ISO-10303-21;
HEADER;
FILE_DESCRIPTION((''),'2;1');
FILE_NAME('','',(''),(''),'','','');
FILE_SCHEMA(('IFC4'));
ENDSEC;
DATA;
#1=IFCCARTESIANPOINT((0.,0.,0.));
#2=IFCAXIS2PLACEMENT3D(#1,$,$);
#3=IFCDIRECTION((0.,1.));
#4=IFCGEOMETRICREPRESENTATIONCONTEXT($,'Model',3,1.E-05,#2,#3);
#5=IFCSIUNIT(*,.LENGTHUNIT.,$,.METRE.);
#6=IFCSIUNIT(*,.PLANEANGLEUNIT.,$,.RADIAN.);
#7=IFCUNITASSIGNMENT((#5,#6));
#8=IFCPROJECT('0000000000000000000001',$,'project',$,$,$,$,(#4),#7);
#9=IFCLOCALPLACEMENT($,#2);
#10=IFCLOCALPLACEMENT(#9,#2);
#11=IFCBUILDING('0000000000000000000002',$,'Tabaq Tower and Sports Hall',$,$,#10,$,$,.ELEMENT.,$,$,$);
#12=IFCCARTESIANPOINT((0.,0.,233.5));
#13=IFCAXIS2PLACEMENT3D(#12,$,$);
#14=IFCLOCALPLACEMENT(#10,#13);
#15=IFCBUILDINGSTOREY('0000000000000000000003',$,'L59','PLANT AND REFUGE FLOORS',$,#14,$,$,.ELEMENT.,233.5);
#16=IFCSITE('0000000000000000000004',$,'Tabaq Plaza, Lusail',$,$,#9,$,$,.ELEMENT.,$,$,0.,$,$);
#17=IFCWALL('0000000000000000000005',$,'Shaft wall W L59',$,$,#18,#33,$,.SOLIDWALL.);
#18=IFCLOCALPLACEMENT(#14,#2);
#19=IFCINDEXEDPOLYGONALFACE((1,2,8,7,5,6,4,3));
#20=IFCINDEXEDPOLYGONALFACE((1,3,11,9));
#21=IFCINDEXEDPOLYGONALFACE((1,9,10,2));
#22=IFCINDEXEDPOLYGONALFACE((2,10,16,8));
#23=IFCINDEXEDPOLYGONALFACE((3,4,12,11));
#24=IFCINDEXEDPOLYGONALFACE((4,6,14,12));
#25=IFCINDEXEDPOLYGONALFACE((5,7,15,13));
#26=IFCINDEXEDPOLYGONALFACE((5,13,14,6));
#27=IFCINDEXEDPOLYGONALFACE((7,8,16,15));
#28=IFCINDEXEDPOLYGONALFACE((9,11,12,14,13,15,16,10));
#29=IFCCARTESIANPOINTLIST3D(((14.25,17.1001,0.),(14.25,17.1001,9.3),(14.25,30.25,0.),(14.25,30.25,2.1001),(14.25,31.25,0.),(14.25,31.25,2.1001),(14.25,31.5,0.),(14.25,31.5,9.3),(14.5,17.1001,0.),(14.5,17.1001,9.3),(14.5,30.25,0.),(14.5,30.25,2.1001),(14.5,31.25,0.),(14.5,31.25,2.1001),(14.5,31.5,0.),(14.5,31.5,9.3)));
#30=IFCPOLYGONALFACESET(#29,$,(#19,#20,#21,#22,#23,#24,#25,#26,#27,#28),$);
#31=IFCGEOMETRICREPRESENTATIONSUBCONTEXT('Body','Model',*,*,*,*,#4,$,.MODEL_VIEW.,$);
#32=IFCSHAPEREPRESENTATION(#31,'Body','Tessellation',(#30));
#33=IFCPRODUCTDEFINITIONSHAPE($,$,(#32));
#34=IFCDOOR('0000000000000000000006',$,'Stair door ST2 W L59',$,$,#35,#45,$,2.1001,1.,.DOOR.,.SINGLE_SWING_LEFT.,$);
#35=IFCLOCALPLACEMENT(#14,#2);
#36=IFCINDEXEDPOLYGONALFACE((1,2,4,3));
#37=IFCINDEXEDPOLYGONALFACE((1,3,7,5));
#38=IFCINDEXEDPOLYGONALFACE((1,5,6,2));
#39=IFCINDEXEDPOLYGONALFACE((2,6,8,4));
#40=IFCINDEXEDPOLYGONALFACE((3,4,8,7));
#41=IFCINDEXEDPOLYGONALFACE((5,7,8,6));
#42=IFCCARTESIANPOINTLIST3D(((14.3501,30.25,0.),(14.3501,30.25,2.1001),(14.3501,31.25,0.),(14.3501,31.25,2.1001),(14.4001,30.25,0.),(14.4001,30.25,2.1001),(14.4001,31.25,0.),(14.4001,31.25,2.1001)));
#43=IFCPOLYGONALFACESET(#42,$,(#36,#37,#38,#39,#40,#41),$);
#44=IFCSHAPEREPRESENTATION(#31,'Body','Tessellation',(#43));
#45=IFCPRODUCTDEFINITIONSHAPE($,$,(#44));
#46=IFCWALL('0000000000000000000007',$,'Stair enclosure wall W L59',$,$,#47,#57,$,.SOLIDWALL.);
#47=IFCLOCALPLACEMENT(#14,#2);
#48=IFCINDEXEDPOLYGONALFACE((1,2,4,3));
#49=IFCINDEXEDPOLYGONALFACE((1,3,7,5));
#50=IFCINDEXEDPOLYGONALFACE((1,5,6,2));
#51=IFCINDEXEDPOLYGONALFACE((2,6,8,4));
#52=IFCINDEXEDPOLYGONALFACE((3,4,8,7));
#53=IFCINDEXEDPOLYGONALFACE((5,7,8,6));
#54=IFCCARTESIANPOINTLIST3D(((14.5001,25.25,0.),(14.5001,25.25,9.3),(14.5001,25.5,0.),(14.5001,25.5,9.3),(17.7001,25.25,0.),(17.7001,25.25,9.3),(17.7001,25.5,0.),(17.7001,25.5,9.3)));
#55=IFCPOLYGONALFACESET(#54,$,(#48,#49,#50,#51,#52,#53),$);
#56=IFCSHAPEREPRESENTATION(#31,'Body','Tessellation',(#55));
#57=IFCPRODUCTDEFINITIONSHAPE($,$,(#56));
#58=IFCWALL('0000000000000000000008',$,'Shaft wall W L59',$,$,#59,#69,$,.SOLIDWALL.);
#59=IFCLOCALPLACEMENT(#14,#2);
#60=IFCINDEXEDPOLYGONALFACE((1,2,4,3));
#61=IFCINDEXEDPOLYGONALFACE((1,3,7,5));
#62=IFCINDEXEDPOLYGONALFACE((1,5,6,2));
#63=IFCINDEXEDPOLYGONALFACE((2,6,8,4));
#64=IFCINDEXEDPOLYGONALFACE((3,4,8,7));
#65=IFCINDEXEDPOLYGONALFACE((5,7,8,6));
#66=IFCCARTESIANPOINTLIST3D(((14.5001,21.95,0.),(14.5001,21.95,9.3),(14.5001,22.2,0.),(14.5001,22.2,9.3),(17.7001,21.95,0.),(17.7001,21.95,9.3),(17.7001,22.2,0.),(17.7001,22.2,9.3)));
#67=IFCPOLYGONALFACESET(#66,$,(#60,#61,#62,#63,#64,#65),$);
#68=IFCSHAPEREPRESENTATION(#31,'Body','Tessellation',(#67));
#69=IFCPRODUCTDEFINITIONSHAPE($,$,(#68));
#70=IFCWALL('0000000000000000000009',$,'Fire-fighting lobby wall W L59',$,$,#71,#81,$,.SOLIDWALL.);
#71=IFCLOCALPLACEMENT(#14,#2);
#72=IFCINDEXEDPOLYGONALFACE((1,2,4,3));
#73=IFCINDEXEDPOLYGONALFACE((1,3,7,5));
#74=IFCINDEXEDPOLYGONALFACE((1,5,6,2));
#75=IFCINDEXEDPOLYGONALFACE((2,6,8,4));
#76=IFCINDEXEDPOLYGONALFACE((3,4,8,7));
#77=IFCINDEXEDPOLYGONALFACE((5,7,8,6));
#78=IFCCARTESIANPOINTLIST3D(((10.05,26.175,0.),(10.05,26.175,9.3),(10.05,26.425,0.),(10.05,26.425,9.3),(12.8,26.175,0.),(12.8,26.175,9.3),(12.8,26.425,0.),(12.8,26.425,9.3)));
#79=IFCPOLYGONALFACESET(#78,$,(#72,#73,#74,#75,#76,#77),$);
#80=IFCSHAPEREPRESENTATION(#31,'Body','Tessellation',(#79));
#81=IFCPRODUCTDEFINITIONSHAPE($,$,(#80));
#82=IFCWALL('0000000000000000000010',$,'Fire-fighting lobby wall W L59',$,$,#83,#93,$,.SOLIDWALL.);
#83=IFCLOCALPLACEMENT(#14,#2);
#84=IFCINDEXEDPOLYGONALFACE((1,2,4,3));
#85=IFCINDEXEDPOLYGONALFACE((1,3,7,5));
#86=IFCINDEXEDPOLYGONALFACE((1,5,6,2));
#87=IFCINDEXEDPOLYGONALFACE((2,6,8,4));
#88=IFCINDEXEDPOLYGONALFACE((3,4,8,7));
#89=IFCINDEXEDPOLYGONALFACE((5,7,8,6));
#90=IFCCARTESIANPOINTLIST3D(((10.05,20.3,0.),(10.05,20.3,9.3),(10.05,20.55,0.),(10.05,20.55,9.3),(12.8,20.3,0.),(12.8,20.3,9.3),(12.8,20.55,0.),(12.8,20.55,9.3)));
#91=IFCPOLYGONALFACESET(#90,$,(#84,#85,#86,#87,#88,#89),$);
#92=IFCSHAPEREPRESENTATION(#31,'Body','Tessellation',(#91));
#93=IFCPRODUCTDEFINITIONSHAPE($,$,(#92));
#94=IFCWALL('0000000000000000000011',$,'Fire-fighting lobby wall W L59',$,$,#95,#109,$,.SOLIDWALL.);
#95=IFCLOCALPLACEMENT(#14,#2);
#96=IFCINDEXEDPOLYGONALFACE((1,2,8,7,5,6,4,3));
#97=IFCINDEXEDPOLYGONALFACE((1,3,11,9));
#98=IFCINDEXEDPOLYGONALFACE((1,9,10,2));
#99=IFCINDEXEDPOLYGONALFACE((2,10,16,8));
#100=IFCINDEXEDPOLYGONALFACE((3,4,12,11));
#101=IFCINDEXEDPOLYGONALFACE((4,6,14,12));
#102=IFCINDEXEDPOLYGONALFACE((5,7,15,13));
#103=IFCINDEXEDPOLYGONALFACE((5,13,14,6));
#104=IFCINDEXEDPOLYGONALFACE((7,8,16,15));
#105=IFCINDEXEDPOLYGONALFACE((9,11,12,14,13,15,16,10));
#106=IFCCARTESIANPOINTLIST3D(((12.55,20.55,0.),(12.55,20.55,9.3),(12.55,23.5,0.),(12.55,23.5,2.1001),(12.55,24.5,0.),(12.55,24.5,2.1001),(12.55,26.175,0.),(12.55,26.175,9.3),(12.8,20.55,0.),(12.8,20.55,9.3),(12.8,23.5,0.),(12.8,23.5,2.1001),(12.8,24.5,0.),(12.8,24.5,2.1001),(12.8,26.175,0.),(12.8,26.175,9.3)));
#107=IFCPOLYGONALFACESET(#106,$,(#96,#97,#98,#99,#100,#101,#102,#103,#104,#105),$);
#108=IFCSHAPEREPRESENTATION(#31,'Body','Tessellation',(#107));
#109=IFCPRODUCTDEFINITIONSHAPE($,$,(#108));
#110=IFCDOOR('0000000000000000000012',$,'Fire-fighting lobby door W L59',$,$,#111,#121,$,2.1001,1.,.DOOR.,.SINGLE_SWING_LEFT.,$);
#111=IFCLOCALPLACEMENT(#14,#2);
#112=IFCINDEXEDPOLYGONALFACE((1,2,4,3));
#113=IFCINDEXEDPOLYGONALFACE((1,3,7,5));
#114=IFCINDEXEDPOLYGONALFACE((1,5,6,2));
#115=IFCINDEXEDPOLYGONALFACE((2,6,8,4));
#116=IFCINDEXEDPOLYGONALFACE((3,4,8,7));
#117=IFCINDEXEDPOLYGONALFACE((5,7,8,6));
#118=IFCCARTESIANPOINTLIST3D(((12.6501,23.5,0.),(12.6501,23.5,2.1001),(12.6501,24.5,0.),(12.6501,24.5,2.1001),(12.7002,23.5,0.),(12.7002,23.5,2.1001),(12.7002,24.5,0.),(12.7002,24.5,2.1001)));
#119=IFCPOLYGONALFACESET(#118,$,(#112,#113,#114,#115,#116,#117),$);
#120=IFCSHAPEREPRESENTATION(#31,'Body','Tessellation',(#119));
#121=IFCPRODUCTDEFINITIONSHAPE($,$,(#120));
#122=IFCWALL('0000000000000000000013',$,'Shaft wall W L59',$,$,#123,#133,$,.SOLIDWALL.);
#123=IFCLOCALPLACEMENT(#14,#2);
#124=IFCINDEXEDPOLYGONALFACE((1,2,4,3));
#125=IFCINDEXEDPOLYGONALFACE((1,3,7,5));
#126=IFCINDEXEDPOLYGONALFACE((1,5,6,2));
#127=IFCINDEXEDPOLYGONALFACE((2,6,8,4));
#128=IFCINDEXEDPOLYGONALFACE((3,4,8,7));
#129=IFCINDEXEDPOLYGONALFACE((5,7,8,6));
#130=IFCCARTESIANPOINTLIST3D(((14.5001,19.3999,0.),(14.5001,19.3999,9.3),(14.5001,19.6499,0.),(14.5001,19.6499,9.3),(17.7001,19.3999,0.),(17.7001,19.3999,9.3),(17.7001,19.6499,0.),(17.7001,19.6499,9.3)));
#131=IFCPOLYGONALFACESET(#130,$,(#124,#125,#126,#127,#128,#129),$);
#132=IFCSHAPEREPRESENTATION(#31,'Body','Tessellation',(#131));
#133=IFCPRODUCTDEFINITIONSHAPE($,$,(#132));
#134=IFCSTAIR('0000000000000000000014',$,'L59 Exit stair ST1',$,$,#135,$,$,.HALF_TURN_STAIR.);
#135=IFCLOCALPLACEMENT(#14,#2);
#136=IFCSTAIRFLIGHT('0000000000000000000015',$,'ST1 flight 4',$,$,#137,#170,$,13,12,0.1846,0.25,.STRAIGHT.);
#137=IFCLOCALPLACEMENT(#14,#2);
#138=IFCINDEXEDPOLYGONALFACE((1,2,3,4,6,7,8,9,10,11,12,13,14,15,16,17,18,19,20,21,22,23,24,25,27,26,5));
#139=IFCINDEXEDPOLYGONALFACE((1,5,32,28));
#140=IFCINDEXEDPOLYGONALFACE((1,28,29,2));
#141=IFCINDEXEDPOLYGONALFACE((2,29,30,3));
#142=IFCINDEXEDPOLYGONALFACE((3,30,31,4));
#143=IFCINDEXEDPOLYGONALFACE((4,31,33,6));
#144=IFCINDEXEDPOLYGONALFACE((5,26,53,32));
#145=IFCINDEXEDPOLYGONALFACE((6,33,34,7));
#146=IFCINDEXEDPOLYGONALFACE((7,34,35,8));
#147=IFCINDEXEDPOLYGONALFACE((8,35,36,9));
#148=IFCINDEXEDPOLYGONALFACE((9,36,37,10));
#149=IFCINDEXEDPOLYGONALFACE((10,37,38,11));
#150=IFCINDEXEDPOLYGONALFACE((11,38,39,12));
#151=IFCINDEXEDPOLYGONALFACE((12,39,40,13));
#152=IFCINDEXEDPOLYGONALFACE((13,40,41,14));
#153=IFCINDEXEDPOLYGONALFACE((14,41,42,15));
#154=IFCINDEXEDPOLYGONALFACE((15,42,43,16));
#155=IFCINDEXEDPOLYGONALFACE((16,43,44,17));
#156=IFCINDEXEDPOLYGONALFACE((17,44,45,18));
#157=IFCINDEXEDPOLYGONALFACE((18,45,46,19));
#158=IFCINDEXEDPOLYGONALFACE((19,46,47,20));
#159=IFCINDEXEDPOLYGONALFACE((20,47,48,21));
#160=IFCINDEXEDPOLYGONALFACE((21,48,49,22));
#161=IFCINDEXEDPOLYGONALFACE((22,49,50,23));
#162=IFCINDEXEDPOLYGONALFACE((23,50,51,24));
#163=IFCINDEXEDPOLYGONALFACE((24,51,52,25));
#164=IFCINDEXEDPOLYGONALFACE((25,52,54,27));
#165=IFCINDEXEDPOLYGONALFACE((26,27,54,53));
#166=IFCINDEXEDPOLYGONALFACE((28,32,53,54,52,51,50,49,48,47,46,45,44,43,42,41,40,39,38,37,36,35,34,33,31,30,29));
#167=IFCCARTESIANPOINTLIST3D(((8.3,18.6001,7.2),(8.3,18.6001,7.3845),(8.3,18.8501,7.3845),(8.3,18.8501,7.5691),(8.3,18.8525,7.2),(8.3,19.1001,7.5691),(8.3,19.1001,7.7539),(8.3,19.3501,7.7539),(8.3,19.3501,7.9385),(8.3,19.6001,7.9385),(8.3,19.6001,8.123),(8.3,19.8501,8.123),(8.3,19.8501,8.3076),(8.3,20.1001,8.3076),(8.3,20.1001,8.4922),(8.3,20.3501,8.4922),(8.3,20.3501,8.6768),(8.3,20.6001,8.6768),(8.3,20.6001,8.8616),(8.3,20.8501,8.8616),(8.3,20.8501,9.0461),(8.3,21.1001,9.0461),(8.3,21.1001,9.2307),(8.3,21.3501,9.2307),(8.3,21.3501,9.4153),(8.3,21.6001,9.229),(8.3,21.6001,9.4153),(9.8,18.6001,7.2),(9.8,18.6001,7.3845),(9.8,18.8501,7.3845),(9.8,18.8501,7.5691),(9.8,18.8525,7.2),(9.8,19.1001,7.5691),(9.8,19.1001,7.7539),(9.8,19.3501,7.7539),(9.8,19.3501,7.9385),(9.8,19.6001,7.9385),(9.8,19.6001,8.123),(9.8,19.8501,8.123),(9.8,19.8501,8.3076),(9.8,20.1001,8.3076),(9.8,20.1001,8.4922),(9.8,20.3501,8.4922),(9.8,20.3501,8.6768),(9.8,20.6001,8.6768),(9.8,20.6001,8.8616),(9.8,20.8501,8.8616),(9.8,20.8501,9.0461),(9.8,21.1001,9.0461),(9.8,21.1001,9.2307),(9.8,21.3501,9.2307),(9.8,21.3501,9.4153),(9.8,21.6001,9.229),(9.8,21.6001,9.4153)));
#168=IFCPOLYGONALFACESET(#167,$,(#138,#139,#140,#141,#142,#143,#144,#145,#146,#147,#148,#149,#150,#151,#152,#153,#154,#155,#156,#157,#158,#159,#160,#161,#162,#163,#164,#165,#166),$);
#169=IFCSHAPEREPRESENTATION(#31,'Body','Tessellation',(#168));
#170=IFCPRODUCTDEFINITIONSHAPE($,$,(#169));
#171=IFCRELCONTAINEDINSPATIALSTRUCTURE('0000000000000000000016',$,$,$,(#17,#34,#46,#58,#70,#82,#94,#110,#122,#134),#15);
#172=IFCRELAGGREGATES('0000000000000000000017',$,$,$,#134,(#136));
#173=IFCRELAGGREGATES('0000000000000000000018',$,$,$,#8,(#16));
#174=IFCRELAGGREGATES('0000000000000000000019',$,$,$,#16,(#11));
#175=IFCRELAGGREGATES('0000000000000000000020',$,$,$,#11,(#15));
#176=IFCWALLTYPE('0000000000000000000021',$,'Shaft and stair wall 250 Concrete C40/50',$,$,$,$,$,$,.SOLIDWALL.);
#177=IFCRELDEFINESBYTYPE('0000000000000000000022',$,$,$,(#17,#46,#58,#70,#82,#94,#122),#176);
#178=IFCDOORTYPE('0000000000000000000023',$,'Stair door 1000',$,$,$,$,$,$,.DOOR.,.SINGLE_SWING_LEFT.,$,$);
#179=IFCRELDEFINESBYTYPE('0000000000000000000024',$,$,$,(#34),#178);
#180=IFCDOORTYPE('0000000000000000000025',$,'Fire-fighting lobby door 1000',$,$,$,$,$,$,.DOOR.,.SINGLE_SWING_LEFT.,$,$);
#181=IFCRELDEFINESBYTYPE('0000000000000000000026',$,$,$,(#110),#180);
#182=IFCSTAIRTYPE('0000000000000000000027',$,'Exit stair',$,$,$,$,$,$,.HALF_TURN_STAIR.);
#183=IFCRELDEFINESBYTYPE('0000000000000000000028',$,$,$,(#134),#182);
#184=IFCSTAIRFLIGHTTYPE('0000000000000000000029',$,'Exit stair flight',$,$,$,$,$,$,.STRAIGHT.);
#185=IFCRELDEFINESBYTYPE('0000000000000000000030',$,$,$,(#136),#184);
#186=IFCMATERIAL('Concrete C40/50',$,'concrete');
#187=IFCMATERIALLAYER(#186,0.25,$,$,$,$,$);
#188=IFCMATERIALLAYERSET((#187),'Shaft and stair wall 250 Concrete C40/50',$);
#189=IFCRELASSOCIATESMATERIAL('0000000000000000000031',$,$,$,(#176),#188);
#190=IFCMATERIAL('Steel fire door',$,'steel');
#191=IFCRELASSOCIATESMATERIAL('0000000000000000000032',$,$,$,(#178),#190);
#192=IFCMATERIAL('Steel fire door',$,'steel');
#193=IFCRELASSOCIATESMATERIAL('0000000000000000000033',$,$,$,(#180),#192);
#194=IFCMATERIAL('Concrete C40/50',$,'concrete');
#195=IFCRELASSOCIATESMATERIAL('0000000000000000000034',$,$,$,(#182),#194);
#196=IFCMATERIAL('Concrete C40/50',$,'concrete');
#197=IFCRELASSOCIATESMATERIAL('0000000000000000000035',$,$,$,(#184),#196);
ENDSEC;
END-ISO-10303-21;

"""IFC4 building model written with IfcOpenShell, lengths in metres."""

from ifc_helpers import new_model, si_unit, direction, frame, frame_2d, origin, place, context, subcontext, project, spatial, polyline, rectangle, outline, extrude, material, layer, layer_set, type_object, element, fill, aggregate, save


model = new_model("IFC4")

# Units and contexts
model_context = context("Model", 3, precision=1e-05, world=origin(), true_north=direction((0.0, 1.0)))
body_context = subcontext(model_context, "Body", "Model", "MODEL_VIEW")
ifc_project = project(units=[si_unit("LENGTHUNIT", "METRE"), si_unit("PLANEANGLEUNIT", "RADIAN")], contexts=[model_context])

# Site, building, storey
site_placement = place(None, origin())
site = spatial("IfcSite", under=ifc_project, at=site_placement, Name="Tabaq Plaza, Lusail", CompositionType="ELEMENT", RefElevation=0.0)
building_placement = place(site_placement, origin())
building = spatial("IfcBuilding", under=site, at=building_placement, Name="Tabaq Tower and Sports Hall", CompositionType="ELEMENT")
storey_placement = place(building_placement, frame((0.0, 0.0, 233.5)))
storey = spatial("IfcBuildingStorey", under=building, at=storey_placement, Name="L59", Description="PLANT AND REFUGE FLOORS", CompositionType="ELEMENT", Elevation=233.5)

# Shared definitions
ifc_material_1 = material(Name="Concrete C40/50", Category="concrete")
ifc_layer_1 = layer(ifc_material_1, 0.25)
ifc_layer_set_1 = layer_set([ifc_layer_1], Name="Shaft and stair wall 250 Concrete C40/50")
wall_type_1 = type_object("IfcWallType", Name="Shaft and stair wall 250 Concrete C40/50", PredefinedType="SOLIDWALL", material=ifc_layer_set_1)
ifc_material_2 = material(Name="Steel fire door", Category="steel")
door_type_1 = type_object("IfcDoorType", Name="Stair door 1000", OperationType="SINGLE_SWING_LEFT", PredefinedType="DOOR", material=ifc_material_2)

# Wall, opening, door
wall_1_placement = place(storey_placement, frame((14.375, 17.1001, 0.0), z_axis=(0.0, 0.0, 1.0), x_axis=(0.0, 1.0, 0.0)))
wall_1 = element("IfcWall", 1, at=wall_1_placement, inside=storey, type_object=wall_type_1, Name="Shaft wall W L59", PredefinedType="SOLIDWALL", context=body_context, shape_type="SweptSolid", body=[
    extrude(rectangle(XDim=14.3999, YDim=0.25, at=frame_2d((7.2, 0.0))), origin(), (0.0, 0.0, 1.0), 9.3),
])
opening_1_placement = place(wall_1_placement, frame((13.1499, 0.0, 0.0)))
opening_1 = element("IfcOpeningElement", 2, at=opening_1_placement, cuts=wall_1, PredefinedType="OPENING", context=body_context, shape_type="SweptSolid", body=[
    extrude(rectangle(XDim=1.0, YDim=2.1001, at=frame_2d((0.5, 1.05))), frame((0.0, 0.125, 0.0), z_axis=(0.0, -1.0, 0.0), x_axis=(1.0, 0.0, 0.0)), (0.0, 0.0, 1.0), 0.25),
])
door_1_placement = place(opening_1_placement, origin())
door_1 = element("IfcDoor", 3, at=door_1_placement, inside=storey, type_object=door_type_1, Name="Stair door ST2 W L59", OperationType="SINGLE_SWING_LEFT", OverallHeight=2.1001, OverallWidth=1.0, PredefinedType="DOOR", context=body_context, shape_type="SweptSolid", body=[
    extrude(rectangle(XDim=1.0, YDim=2.1001, at=frame_2d((0.5, 1.05))), frame((0.0, 0.0249, 0.0), z_axis=(0.0, -1.0, 0.0), x_axis=(1.0, 0.0, 0.0)), (0.0, 0.0, 1.0), 0.05),
])
fill(opening_1, door_1)

# Walls
for number, where, z_axis, x_axis, name in (
    (4, (14.5, 25.375, 0.0), (0.0, 0.0, 1.0), (1.0, 0.0, 0.0), "Stair enclosure wall W L59"),
    (5, (14.5, 22.075, 0.0), (0.0, 0.0, 1.0), (1.0, 0.0, 0.0), "Shaft wall W L59"),
):
    element("IfcWall", number, at=place(storey_placement, frame(where, z_axis=z_axis, x_axis=x_axis)), inside=storey, type_object=wall_type_1, Name=name, PredefinedType="SOLIDWALL", context=body_context, shape_type="SweptSolid", body=[
        extrude(rectangle(XDim=3.2, YDim=0.25, at=frame_2d((1.6001, 0.0))), origin(), (0.0, 0.0, 1.0), 9.3),
    ])
for number, where, z_axis, x_axis, name in (
    (6, (10.05, 26.3, 0.0), (0.0, 0.0, 1.0), (1.0, 0.0, 0.0), "Fire-fighting lobby wall W L59"),
    (7, (10.05, 20.425, 0.0), (0.0, 0.0, 1.0), (1.0, 0.0, 0.0), "Fire-fighting lobby wall W L59"),
):
    element("IfcWall", number, at=place(storey_placement, frame(where, z_axis=z_axis, x_axis=x_axis)), inside=storey, type_object=wall_type_1, Name=name, PredefinedType="SOLIDWALL", context=body_context, shape_type="SweptSolid", body=[
        extrude(rectangle(XDim=2.75, YDim=0.25, at=frame_2d((1.375, 0.0))), origin(), (0.0, 0.0, 1.0), 9.3),
    ])

# Wall, opening, door
wall_2_placement = place(storey_placement, frame((12.675, 20.55, 0.0), z_axis=(0.0, 0.0, 1.0), x_axis=(0.0, 1.0, 0.0)))
wall_2 = element("IfcWall", 8, at=wall_2_placement, inside=storey, type_object=wall_type_1, Name="Fire-fighting lobby wall W L59", PredefinedType="SOLIDWALL", context=body_context, shape_type="SweptSolid", body=[
    extrude(rectangle(XDim=5.625, YDim=0.25, at=frame_2d((2.8125, 0.0))), origin(), (0.0, 0.0, 1.0), 9.3),
])
opening_2_placement = place(wall_2_placement, frame((2.95, 0.0, 0.0)))
opening_2 = element("IfcOpeningElement", 9, at=opening_2_placement, cuts=wall_2, PredefinedType="OPENING", context=body_context, shape_type="SweptSolid", body=[
    extrude(rectangle(XDim=1.0, YDim=2.1001, at=frame_2d((0.5, 1.05))), frame((0.0, 0.125, 0.0), z_axis=(0.0, -1.0, 0.0), x_axis=(1.0, 0.0, 0.0)), (0.0, 0.0, 1.0), 0.25),
])
ifc_material_3 = material(Name="Steel fire door", Category="steel")
door_type_2 = type_object("IfcDoorType", Name="Fire-fighting lobby door 1000", OperationType="SINGLE_SWING_LEFT", PredefinedType="DOOR", material=ifc_material_3)
door_2_placement = place(opening_2_placement, origin())
door_2 = element("IfcDoor", 10, at=door_2_placement, inside=storey, type_object=door_type_2, Name="Fire-fighting lobby door W L59", OperationType="SINGLE_SWING_LEFT", OverallHeight=2.1001, OverallWidth=1.0, PredefinedType="DOOR", context=body_context, shape_type="SweptSolid", body=[
    extrude(rectangle(XDim=1.0, YDim=2.1001, at=frame_2d((0.5, 1.05))), frame((0.0, 0.0249, 0.0), z_axis=(0.0, -1.0, 0.0), x_axis=(1.0, 0.0, 0.0)), (0.0, 0.0, 1.0), 0.05),
])
fill(opening_2, door_2)

# Wall
wall_3_placement = place(storey_placement, frame((14.5, 19.5249, 0.0), z_axis=(0.0, 0.0, 1.0), x_axis=(1.0, 0.0, 0.0)))
element("IfcWall", 11, at=wall_3_placement, inside=storey, type_object=wall_type_1, Name="Shaft wall W L59", PredefinedType="SOLIDWALL", context=body_context, shape_type="SweptSolid", body=[
    extrude(rectangle(XDim=3.2, YDim=0.25, at=frame_2d((1.6001, 0.0))), origin(), (0.0, 0.0, 1.0), 9.3),
])

# Stair, stair flight
ifc_material_4 = material(Name="Concrete C40/50", Category="concrete")
stair_type = type_object("IfcStairType", Name="Exit stair", PredefinedType="HALF_TURN_STAIR", material=ifc_material_4)
stair_placement = place(storey_placement, origin())
stair = element("IfcStair", 12, at=stair_placement, inside=storey, type_object=stair_type, Name="L59 Exit stair ST1", PredefinedType="HALF_TURN_STAIR")
ifc_material_5 = material(Name="Concrete C40/50", Category="concrete")
stair_flight_type = type_object("IfcStairFlightType", Name="Exit stair flight", PredefinedType="STRAIGHT", material=ifc_material_5)
stair_flight_placement = place(storey_placement, frame((9.05, 18.6001, 7.2), z_axis=(0.0, 0.0, 1.0), x_axis=(0.0, 1.0, 0.0)))
stair_flight = element("IfcStairFlight", 13, at=stair_flight_placement, type_object=stair_flight_type, Name="ST1 flight 4", NumberOfRisers=13, NumberOfTreads=12, PredefinedType="STRAIGHT", RiserHeight=0.1846, TreadLength=0.25, context=body_context, shape_type="SweptSolid", body=[
    extrude(outline(polyline([(0.0, 0.0), (0.0, 0.1846), (0.25, 0.1846), (0.25, 0.3691), (0.5, 0.3691), (0.5, 0.554), (0.75, 0.554), (0.75, 0.7385), (1.0, 0.7385), (1.0, 0.9231), (1.25, 0.9231), (1.25, 1.1077), (1.5, 1.1077), (1.5, 1.2922), (1.75, 1.2922), (1.75, 1.4768), (2.0, 1.4768), (2.0, 1.6616), (2.25, 1.6616), (2.25, 1.8462), (2.5, 1.8462), (2.5, 2.0308), (2.75, 2.0308), (2.75, 2.2153), (3.0, 2.2153), (3.0, 2.3999), (3.0, 2.0291), (0.2524, 0.0), (0.0, 0.0)])), frame((0.0, 0.75, 0.0), z_axis=(0.0, -1.0, 0.0), x_axis=(1.0, 0.0, 0.0)), (0.0, 0.0, 1.0), 1.5),
])
aggregate(stair, [stair_flight])

save(model, "model.ifc")
